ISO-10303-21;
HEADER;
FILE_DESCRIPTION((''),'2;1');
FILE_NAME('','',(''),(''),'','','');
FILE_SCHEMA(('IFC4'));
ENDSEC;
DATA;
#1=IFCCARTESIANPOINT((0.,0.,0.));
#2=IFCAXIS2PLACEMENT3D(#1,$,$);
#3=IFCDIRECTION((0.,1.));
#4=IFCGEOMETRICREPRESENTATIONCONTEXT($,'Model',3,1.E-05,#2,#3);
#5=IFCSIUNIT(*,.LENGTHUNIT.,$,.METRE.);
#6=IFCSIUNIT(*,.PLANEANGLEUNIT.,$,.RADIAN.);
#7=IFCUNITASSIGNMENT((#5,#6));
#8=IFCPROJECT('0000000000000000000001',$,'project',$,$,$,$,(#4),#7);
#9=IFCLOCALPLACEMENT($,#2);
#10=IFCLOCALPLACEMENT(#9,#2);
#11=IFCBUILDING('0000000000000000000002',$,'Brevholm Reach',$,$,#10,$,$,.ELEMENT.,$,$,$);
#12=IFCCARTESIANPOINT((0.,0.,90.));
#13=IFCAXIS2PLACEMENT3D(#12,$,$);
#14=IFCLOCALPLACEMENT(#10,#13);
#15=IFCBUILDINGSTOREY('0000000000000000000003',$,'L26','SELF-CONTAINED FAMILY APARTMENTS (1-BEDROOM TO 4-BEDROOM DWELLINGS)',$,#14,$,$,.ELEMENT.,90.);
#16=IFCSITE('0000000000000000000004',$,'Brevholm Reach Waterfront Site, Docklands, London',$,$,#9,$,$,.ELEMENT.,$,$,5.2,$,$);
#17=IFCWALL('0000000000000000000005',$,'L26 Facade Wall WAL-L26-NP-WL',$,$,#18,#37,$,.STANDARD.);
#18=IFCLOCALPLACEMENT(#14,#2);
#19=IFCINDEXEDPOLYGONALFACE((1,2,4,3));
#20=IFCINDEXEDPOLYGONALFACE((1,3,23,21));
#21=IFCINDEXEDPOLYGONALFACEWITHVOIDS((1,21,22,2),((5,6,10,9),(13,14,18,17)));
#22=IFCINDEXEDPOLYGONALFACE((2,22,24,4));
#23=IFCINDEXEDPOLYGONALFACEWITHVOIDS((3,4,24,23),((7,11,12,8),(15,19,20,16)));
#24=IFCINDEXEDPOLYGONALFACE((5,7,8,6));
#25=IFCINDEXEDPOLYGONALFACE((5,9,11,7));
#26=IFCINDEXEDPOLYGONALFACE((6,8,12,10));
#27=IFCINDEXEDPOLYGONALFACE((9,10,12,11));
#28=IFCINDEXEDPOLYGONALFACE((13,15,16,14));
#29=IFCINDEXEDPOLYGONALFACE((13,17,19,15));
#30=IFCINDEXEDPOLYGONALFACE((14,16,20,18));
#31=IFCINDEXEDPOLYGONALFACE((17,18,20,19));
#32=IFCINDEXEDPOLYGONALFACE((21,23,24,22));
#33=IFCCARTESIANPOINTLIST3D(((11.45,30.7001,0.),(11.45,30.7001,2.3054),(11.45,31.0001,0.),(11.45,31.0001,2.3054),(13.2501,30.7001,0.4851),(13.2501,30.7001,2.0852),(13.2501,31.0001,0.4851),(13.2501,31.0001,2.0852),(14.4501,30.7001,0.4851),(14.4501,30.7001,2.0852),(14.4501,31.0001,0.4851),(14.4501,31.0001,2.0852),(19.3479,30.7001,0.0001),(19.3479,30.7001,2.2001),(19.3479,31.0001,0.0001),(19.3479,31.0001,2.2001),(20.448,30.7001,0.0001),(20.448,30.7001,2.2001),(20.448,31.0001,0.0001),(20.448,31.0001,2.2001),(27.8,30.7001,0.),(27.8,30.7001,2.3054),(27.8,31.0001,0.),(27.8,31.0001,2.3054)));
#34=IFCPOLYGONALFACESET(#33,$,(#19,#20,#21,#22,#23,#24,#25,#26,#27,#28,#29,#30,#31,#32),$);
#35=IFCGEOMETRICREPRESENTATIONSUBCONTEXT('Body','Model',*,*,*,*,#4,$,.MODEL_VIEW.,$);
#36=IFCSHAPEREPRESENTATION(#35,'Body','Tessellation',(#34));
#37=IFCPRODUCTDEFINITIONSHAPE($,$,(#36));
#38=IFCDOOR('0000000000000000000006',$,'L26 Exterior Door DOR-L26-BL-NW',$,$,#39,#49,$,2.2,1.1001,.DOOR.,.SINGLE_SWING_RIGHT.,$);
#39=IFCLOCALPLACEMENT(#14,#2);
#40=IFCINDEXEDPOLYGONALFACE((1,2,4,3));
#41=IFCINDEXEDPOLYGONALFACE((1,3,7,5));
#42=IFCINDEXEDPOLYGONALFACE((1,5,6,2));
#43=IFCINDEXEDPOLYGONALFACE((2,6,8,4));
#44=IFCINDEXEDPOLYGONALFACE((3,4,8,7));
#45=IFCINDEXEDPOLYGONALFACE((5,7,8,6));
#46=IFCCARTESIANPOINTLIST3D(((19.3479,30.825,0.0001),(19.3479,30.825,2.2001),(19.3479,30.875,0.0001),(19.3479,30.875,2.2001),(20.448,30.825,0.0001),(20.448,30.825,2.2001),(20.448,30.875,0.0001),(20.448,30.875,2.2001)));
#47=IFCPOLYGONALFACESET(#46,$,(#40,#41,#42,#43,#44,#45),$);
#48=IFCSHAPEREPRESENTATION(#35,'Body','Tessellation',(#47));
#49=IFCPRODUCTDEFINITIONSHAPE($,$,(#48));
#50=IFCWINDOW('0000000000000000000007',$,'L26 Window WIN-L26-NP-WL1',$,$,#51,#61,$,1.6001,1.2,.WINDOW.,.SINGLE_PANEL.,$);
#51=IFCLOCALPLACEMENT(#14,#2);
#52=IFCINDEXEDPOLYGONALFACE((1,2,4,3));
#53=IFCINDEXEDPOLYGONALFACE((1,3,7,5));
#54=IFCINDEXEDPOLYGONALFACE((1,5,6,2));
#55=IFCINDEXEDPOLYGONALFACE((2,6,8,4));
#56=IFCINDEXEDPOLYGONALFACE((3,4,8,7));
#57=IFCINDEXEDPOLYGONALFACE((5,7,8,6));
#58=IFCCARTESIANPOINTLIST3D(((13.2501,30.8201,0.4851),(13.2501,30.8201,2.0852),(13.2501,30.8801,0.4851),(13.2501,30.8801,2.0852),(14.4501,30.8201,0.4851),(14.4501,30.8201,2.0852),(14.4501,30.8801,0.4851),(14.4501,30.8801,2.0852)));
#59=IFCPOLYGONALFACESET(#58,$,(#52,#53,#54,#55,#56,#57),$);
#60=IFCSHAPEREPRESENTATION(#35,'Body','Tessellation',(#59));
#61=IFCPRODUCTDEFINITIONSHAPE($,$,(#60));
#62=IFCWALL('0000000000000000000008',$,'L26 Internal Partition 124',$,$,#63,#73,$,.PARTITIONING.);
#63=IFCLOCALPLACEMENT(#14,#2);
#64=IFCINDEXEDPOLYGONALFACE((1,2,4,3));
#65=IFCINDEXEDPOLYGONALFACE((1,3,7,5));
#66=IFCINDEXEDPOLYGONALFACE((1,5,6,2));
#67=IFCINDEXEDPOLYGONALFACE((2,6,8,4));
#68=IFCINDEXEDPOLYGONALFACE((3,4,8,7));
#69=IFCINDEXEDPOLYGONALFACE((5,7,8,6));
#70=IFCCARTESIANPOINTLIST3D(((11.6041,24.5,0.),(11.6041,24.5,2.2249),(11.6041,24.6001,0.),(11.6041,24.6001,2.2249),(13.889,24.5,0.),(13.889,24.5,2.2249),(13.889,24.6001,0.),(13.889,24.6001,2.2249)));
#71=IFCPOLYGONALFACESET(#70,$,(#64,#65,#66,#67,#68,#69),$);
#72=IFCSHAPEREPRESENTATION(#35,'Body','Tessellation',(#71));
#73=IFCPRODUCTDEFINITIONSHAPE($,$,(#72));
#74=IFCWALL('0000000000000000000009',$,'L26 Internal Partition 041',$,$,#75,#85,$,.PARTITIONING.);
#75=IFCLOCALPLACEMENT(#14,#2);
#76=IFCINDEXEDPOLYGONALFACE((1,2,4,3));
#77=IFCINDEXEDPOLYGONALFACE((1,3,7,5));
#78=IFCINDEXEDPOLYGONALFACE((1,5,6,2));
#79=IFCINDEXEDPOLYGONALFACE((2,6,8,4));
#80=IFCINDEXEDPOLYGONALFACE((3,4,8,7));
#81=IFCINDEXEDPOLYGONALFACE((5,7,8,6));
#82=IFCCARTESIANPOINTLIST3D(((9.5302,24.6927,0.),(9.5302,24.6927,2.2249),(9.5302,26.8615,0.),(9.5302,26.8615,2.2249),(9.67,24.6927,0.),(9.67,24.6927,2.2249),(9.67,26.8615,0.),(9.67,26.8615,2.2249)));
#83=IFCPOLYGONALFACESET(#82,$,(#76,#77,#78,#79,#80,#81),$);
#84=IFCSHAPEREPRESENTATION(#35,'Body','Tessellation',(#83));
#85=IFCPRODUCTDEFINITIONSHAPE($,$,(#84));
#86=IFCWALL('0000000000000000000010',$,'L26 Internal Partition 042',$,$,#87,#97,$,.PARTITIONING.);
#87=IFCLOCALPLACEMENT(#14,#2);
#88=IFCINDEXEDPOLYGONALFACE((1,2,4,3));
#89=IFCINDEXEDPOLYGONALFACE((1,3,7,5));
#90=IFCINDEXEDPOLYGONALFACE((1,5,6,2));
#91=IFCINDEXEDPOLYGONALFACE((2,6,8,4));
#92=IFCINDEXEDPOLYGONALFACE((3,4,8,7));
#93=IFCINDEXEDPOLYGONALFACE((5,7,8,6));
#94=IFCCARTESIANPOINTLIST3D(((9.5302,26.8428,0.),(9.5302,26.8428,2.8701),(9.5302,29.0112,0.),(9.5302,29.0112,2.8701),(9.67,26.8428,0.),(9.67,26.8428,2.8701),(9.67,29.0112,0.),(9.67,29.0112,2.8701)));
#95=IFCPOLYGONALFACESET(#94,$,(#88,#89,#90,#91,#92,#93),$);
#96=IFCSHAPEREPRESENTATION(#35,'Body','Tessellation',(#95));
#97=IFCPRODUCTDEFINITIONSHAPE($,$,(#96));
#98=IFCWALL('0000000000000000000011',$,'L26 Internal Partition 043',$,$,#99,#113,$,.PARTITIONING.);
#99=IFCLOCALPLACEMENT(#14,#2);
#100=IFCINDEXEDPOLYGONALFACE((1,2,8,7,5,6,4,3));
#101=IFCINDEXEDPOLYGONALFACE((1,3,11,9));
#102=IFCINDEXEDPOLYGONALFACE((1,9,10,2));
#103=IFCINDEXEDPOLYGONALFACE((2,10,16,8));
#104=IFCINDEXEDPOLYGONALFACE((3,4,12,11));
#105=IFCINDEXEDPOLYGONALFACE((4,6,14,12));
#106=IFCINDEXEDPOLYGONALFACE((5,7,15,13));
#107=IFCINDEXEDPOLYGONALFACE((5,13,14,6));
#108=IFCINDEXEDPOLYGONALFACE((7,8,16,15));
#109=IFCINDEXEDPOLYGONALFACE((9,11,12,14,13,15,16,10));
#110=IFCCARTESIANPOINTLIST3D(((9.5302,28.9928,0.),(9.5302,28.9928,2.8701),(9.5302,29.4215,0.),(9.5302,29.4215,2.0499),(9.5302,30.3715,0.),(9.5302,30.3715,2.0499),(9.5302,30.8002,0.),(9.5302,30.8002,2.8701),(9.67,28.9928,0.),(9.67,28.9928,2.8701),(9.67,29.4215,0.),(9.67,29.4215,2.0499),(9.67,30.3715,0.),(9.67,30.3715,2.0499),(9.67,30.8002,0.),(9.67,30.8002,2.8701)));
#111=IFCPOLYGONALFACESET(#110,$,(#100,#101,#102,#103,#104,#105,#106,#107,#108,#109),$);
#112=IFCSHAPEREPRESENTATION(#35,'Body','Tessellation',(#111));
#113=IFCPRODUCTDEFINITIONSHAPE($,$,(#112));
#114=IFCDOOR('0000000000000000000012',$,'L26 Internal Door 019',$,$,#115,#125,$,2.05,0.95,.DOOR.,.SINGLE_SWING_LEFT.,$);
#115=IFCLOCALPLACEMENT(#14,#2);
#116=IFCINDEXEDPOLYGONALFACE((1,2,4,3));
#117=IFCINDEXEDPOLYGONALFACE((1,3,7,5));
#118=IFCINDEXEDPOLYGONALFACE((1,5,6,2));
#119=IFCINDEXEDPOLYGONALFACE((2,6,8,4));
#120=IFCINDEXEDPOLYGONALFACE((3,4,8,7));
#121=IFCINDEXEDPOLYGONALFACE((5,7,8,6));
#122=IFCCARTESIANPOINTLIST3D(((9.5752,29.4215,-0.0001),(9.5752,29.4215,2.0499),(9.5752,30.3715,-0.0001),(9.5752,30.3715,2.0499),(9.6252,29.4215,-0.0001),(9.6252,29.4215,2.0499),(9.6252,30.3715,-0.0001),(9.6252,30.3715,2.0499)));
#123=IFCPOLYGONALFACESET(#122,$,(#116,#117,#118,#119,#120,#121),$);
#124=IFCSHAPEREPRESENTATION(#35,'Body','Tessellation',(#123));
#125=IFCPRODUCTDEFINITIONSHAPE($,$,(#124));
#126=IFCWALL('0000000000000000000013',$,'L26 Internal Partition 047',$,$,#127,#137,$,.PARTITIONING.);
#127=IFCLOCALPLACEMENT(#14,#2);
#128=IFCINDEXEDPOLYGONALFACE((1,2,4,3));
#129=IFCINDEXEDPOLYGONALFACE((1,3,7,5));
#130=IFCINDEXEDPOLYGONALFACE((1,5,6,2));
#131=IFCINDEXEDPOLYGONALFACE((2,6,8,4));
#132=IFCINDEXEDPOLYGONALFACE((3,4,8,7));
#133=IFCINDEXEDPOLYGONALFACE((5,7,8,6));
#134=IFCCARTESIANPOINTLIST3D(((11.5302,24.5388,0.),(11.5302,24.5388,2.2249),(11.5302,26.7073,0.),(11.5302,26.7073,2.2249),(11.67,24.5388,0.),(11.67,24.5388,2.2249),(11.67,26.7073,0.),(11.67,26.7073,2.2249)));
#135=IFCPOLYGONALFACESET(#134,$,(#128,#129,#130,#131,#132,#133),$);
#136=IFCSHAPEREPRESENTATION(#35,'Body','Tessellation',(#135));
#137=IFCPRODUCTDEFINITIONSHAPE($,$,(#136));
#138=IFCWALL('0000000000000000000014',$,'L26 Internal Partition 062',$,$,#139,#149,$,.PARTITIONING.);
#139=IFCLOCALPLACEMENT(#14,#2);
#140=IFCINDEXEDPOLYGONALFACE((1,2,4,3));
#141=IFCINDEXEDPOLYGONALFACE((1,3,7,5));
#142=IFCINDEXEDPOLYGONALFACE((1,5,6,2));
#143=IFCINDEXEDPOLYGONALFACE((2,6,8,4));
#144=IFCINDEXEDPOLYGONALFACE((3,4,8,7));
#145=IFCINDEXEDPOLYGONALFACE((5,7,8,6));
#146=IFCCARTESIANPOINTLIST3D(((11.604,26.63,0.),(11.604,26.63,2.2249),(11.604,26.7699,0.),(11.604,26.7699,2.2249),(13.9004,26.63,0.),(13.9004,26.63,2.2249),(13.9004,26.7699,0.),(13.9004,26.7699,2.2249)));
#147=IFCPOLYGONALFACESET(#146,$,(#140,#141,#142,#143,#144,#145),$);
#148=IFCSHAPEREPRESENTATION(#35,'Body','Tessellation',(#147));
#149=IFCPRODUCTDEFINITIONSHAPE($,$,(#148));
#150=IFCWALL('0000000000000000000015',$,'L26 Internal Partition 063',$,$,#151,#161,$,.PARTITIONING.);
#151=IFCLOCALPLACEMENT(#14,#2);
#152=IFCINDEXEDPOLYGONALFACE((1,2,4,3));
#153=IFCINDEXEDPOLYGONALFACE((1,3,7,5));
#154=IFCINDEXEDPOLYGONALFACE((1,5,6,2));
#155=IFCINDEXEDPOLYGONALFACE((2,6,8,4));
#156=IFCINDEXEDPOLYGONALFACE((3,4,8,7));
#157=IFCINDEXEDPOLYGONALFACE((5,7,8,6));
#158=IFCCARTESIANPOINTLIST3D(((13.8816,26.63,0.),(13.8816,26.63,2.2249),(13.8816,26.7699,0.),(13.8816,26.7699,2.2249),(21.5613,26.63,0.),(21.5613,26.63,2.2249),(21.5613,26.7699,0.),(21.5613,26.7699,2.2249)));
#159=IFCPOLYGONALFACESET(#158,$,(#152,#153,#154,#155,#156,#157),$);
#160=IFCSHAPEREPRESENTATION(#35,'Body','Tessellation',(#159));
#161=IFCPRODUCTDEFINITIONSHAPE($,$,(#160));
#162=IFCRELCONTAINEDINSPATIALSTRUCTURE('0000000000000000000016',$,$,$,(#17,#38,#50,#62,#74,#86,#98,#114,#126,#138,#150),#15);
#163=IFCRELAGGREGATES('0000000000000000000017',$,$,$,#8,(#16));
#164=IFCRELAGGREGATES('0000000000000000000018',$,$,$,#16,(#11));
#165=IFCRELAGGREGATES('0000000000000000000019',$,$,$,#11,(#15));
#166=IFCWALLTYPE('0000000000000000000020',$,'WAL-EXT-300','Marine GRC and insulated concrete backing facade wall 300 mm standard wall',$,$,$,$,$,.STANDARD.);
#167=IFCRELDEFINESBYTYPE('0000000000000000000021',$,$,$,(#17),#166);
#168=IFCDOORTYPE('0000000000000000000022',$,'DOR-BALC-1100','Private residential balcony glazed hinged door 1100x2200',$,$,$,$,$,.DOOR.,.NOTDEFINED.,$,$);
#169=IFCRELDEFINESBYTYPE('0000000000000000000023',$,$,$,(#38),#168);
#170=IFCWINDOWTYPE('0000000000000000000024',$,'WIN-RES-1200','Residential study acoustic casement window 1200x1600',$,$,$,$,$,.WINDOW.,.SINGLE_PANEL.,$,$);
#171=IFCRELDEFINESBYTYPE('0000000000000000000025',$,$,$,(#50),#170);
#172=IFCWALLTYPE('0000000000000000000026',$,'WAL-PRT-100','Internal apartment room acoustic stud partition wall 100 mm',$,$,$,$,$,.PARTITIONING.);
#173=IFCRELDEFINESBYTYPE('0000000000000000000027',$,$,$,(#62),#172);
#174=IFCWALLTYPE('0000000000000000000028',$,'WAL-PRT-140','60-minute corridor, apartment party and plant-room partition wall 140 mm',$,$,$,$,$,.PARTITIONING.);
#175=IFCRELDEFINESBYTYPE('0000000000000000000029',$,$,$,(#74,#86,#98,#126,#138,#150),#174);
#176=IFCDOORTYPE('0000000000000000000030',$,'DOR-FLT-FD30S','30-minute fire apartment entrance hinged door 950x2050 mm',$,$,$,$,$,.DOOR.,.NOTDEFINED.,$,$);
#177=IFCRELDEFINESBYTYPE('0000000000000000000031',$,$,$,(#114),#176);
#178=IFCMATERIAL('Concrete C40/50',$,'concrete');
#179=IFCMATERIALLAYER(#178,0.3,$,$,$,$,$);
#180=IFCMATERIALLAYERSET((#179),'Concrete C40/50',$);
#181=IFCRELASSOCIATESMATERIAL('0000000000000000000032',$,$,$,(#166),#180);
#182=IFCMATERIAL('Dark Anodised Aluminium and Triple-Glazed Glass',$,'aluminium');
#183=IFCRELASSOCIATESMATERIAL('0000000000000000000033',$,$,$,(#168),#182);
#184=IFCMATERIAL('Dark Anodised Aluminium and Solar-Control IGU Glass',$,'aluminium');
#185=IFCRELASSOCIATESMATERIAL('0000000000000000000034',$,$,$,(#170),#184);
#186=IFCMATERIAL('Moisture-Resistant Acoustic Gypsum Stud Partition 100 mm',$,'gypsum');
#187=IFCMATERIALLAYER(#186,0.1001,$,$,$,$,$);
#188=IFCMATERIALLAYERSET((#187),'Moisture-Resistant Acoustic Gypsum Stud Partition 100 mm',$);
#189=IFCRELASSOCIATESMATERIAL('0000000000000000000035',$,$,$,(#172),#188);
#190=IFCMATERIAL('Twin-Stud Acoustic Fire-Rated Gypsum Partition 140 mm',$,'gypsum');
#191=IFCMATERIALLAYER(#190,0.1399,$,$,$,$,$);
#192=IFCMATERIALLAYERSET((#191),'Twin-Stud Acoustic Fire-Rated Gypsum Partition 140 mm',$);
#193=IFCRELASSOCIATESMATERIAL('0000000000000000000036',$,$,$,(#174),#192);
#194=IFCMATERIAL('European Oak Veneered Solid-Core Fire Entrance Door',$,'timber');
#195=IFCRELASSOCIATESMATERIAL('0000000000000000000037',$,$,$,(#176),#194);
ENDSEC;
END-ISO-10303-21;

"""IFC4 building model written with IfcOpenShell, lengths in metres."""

from ifc_helpers import new_model, si_unit, direction, frame, frame_2d, origin, place, context, subcontext, project, spatial, rectangle, extrude, material, layer, layer_set, type_object, element, fill, save


model = new_model("IFC4")

# Units and contexts
model_context = context("Model", 3, precision=1e-05, world=origin(), true_north=direction((0.0, 1.0)))
body_context = subcontext(model_context, "Body", "Model", "MODEL_VIEW")
ifc_project = project(units=[si_unit("LENGTHUNIT", "METRE"), si_unit("PLANEANGLEUNIT", "RADIAN")], contexts=[model_context])

# Site, building, storey
site_placement = place(None, origin())
site = spatial("IfcSite", under=ifc_project, at=site_placement, Name="Brevholm Reach Waterfront Site, Docklands, London", CompositionType="ELEMENT", RefElevation=5.2)
building_placement = place(site_placement, origin())
building = spatial("IfcBuilding", under=site, at=building_placement, Name="Brevholm Reach", CompositionType="ELEMENT")
storey_placement = place(building_placement, frame((0.0, 0.0, 90.0)))
storey = spatial("IfcBuildingStorey", under=building, at=storey_placement, Name="L26", Description="SELF-CONTAINED FAMILY APARTMENTS (1-BEDROOM TO 4-BEDROOM DWELLINGS)", CompositionType="ELEMENT", Elevation=90.0)

# Wall, openings, door, window
ifc_material_1 = material(Name="Concrete C40/50", Category="concrete")
ifc_layer_1 = layer(ifc_material_1, 0.3)
ifc_layer_set_1 = layer_set([ifc_layer_1], Name="Concrete C40/50")
wall_type_1 = type_object("IfcWallType", Name="WAL-EXT-300", Description="Marine GRC and insulated concrete backing facade wall 300 mm standard wall", PredefinedType="STANDARD", material=ifc_layer_set_1)
wall_1_placement = place(storey_placement, frame((11.45, 30.8501, 0.0), z_axis=(0.0, 0.0, 1.0), x_axis=(1.0, 0.0, 0.0)))
wall_1 = element("IfcWall", 1, at=wall_1_placement, inside=storey, type_object=wall_type_1, Name="L26 Facade Wall WAL-L26-NP-WL", PredefinedType="STANDARD", context=body_context, shape_type="SweptSolid", body=[
    extrude(rectangle(XDim=16.3501, YDim=0.3, at=frame_2d((8.175, 0.0))), origin(), (0.0, 0.0, 1.0), 2.3054),
])
opening_1_placement = place(wall_1_placement, frame((7.8979, 0.0, 0.0)))
opening_1 = element("IfcOpeningElement", 2, at=opening_1_placement, cuts=wall_1, PredefinedType="OPENING", context=body_context, shape_type="SweptSolid", body=[
    extrude(rectangle(XDim=1.1001, YDim=2.2, at=frame_2d((0.55, 1.1001))), frame((0.0, 0.1599, 0.0), z_axis=(0.0, -1.0, 0.0), x_axis=(1.0, 0.0, 0.0)), (0.0, 0.0, 1.0), 0.3201),
])
opening_2_placement = place(wall_1_placement, frame((1.8, 0.0, 0.4851)))
opening_2 = element("IfcOpeningElement", 3, at=opening_2_placement, cuts=wall_1, PredefinedType="OPENING", context=body_context, shape_type="SweptSolid", body=[
    extrude(rectangle(XDim=1.2, YDim=1.6001, at=frame_2d((0.6001, 0.8))), frame((0.0, 0.1599, 0.0), z_axis=(0.0, -1.0, 0.0), x_axis=(1.0, 0.0, 0.0)), (0.0, 0.0, 1.0), 0.3201),
])
ifc_material_2 = material(Name="Dark Anodised Aluminium and Triple-Glazed Glass", Category="aluminium")
door_type_1 = type_object("IfcDoorType", Name="DOR-BALC-1100", Description="Private residential balcony glazed hinged door 1100x2200", OperationType="NOTDEFINED", PredefinedType="DOOR", material=ifc_material_2)
door_1_placement = place(opening_1_placement, origin())
door_1 = element("IfcDoor", 4, at=door_1_placement, inside=storey, type_object=door_type_1, Name="L26 Exterior Door DOR-L26-BL-NW", OperationType="SINGLE_SWING_RIGHT", OverallHeight=2.2, OverallWidth=1.1001, PredefinedType="DOOR", context=body_context, shape_type="SweptSolid", body=[
    extrude(rectangle(XDim=1.1001, YDim=2.2, at=frame_2d((0.55, 1.1001))), frame((0.0, 0.0249, 0.0), z_axis=(0.0, -1.0, 0.0), x_axis=(1.0, 0.0, 0.0)), (0.0, 0.0, 1.0), 0.05),
])
fill(opening_1, door_1)
ifc_material_3 = material(Name="Dark Anodised Aluminium and Solar-Control IGU Glass", Category="aluminium")
window_type = type_object("IfcWindowType", Name="WIN-RES-1200", Description="Residential study acoustic casement window 1200x1600", PartitioningType="SINGLE_PANEL", PredefinedType="WINDOW", material=ifc_material_3)
window_placement = place(opening_2_placement, origin())
window = element("IfcWindow", 5, at=window_placement, inside=storey, type_object=window_type, Name="L26 Window WIN-L26-NP-WL1", OverallHeight=1.6001, OverallWidth=1.2, PartitioningType="SINGLE_PANEL", PredefinedType="WINDOW", context=body_context, shape_type="SweptSolid", body=[
    extrude(rectangle(XDim=1.2, YDim=1.6001, at=frame_2d((0.6001, 0.8))), frame((0.0, 0.03, 0.0), z_axis=(0.0, -1.0, 0.0), x_axis=(1.0, 0.0, 0.0)), (0.0, 0.0, 1.0), 0.0601),
])
fill(opening_2, window)

# Walls
ifc_material_4 = material(Name="Moisture-Resistant Acoustic Gypsum Stud Partition 100 mm", Category="gypsum")
ifc_layer_2 = layer(ifc_material_4, 0.1001)
ifc_layer_set_2 = layer_set([ifc_layer_2], Name="Moisture-Resistant Acoustic Gypsum Stud Partition 100 mm")
wall_type_2 = type_object("IfcWallType", Name="WAL-PRT-100", Description="Internal apartment room acoustic stud partition wall 100 mm", PredefinedType="PARTITIONING", material=ifc_layer_set_2)
wall_2_placement = place(storey_placement, frame((11.604, 24.55, 0.0), z_axis=(0.0, 0.0, 1.0), x_axis=(1.0, 0.0, 0.0)))
element("IfcWall", 6, at=wall_2_placement, inside=storey, type_object=wall_type_2, Name="L26 Internal Partition 124", PredefinedType="PARTITIONING", context=body_context, shape_type="SweptSolid", body=[
    extrude(rectangle(XDim=2.2849, YDim=0.1001, at=frame_2d((1.1426, 0.0))), origin(), (0.0, 0.0, 1.0), 2.2249),
])
ifc_material_5 = material(Name="Twin-Stud Acoustic Fire-Rated Gypsum Partition 140 mm", Category="gypsum")
ifc_layer_3 = layer(ifc_material_5, 0.1399)
ifc_layer_set_3 = layer_set([ifc_layer_3], Name="Twin-Stud Acoustic Fire-Rated Gypsum Partition 140 mm")
wall_type_3 = type_object("IfcWallType", Name="WAL-PRT-140", Description="60-minute corridor, apartment party and plant-room partition wall 140 mm", PredefinedType="PARTITIONING", material=ifc_layer_set_3)
wall_3_placement = place(storey_placement, frame((9.6001, 24.6926, 0.0), z_axis=(0.0, 0.0, 1.0), x_axis=(0.0, 1.0, 0.0)))
element("IfcWall", 7, at=wall_3_placement, inside=storey, type_object=wall_type_3, Name="L26 Internal Partition 041", PredefinedType="PARTITIONING", context=body_context, shape_type="SweptSolid", body=[
    extrude(rectangle(XDim=2.1687, YDim=0.1399, at=frame_2d((1.0845, 0.0))), origin(), (0.0, 0.0, 1.0), 2.2249),
])
wall_4_placement = place(storey_placement, frame((9.6001, 26.8428, 0.0), z_axis=(0.0, 0.0, 1.0), x_axis=(0.0, 1.0, 0.0)))
element("IfcWall", 8, at=wall_4_placement, inside=storey, type_object=wall_type_3, Name="L26 Internal Partition 042", PredefinedType="PARTITIONING", context=body_context, shape_type="SweptSolid", body=[
    extrude(rectangle(XDim=2.1685, YDim=0.1399, at=frame_2d((1.0842, 0.0))), origin(), (0.0, 0.0, 1.0), 2.8701),
])

# Wall, opening, door
wall_5_placement = place(storey_placement, frame((9.6001, 28.9927, 0.0), z_axis=(0.0, 0.0, 1.0), x_axis=(0.0, 1.0, 0.0)))
wall_5 = element("IfcWall", 9, at=wall_5_placement, inside=storey, type_object=wall_type_3, Name="L26 Internal Partition 043", PredefinedType="PARTITIONING", context=body_context, shape_type="SweptSolid", body=[
    extrude(rectangle(XDim=1.8074, YDim=0.1399, at=frame_2d((0.9038, 0.0))), origin(), (0.0, 0.0, 1.0), 2.8701),
])
opening_3_placement = place(wall_5_placement, frame((0.4287, 0.0, 0.0)))
opening_3 = element("IfcOpeningElement", 10, at=opening_3_placement, cuts=wall_5, PredefinedType="OPENING", context=body_context, shape_type="SweptSolid", body=[
    extrude(rectangle(XDim=0.95, YDim=2.05, at=frame_2d((0.4751, 1.0249))), frame((0.0, 0.0798, 0.0), z_axis=(0.0, -1.0, 0.0), x_axis=(1.0, 0.0, 0.0)), (0.0, 0.0, 1.0), 0.1599),
])
ifc_material_6 = material(Name="European Oak Veneered Solid-Core Fire Entrance Door", Category="timber")
door_type_2 = type_object("IfcDoorType", Name="DOR-FLT-FD30S", Description="30-minute fire apartment entrance hinged door 950x2050 mm", OperationType="NOTDEFINED", PredefinedType="DOOR", material=ifc_material_6)
door_2_placement = place(opening_3_placement, origin())
door_2 = element("IfcDoor", 11, at=door_2_placement, inside=storey, type_object=door_type_2, Name="L26 Internal Door 019", OperationType="SINGLE_SWING_LEFT", OverallHeight=2.05, OverallWidth=0.95, PredefinedType="DOOR", context=body_context, shape_type="SweptSolid", body=[
    extrude(rectangle(XDim=0.95, YDim=2.05, at=frame_2d((0.4751, 1.0249))), frame((0.0, 0.0249, 0.0), z_axis=(0.0, -1.0, 0.0), x_axis=(1.0, 0.0, 0.0)), (0.0, 0.0, 1.0), 0.05),
])
fill(opening_3, door_2)

# Walls
wall_6_placement = place(storey_placement, frame((11.6001, 24.5388, 0.0), z_axis=(0.0, 0.0, 1.0), x_axis=(0.0, 1.0, 0.0)))
element("IfcWall", 12, at=wall_6_placement, inside=storey, type_object=wall_type_3, Name="L26 Internal Partition 047", PredefinedType="PARTITIONING", context=body_context, shape_type="SweptSolid", body=[
    extrude(rectangle(XDim=2.1685, YDim=0.1399, at=frame_2d((1.0842, 0.0))), origin(), (0.0, 0.0, 1.0), 2.2249),
])
wall_7_placement = place(storey_placement, frame((11.604, 26.7, 0.0), z_axis=(0.0, 0.0, 1.0), x_axis=(1.0, 0.0, 0.0)))
element("IfcWall", 13, at=wall_7_placement, inside=storey, type_object=wall_type_3, Name="L26 Internal Partition 062", PredefinedType="PARTITIONING", context=body_context, shape_type="SweptSolid", body=[
    extrude(rectangle(XDim=2.2964, YDim=0.1399, at=frame_2d((1.1482, 0.0))), origin(), (0.0, 0.0, 1.0), 2.2249),
])
wall_8_placement = place(storey_placement, frame((13.8816, 26.7, 0.0), z_axis=(0.0, 0.0, 1.0), x_axis=(1.0, 0.0, 0.0)))
element("IfcWall", 14, at=wall_8_placement, inside=storey, type_object=wall_type_3, Name="L26 Internal Partition 063", PredefinedType="PARTITIONING", context=body_context, shape_type="SweptSolid", body=[
    extrude(rectangle(XDim=7.6797, YDim=0.1399, at=frame_2d((3.8398, 0.0))), origin(), (0.0, 0.0, 1.0), 2.2249),
])

save(model, "model.ifc")
